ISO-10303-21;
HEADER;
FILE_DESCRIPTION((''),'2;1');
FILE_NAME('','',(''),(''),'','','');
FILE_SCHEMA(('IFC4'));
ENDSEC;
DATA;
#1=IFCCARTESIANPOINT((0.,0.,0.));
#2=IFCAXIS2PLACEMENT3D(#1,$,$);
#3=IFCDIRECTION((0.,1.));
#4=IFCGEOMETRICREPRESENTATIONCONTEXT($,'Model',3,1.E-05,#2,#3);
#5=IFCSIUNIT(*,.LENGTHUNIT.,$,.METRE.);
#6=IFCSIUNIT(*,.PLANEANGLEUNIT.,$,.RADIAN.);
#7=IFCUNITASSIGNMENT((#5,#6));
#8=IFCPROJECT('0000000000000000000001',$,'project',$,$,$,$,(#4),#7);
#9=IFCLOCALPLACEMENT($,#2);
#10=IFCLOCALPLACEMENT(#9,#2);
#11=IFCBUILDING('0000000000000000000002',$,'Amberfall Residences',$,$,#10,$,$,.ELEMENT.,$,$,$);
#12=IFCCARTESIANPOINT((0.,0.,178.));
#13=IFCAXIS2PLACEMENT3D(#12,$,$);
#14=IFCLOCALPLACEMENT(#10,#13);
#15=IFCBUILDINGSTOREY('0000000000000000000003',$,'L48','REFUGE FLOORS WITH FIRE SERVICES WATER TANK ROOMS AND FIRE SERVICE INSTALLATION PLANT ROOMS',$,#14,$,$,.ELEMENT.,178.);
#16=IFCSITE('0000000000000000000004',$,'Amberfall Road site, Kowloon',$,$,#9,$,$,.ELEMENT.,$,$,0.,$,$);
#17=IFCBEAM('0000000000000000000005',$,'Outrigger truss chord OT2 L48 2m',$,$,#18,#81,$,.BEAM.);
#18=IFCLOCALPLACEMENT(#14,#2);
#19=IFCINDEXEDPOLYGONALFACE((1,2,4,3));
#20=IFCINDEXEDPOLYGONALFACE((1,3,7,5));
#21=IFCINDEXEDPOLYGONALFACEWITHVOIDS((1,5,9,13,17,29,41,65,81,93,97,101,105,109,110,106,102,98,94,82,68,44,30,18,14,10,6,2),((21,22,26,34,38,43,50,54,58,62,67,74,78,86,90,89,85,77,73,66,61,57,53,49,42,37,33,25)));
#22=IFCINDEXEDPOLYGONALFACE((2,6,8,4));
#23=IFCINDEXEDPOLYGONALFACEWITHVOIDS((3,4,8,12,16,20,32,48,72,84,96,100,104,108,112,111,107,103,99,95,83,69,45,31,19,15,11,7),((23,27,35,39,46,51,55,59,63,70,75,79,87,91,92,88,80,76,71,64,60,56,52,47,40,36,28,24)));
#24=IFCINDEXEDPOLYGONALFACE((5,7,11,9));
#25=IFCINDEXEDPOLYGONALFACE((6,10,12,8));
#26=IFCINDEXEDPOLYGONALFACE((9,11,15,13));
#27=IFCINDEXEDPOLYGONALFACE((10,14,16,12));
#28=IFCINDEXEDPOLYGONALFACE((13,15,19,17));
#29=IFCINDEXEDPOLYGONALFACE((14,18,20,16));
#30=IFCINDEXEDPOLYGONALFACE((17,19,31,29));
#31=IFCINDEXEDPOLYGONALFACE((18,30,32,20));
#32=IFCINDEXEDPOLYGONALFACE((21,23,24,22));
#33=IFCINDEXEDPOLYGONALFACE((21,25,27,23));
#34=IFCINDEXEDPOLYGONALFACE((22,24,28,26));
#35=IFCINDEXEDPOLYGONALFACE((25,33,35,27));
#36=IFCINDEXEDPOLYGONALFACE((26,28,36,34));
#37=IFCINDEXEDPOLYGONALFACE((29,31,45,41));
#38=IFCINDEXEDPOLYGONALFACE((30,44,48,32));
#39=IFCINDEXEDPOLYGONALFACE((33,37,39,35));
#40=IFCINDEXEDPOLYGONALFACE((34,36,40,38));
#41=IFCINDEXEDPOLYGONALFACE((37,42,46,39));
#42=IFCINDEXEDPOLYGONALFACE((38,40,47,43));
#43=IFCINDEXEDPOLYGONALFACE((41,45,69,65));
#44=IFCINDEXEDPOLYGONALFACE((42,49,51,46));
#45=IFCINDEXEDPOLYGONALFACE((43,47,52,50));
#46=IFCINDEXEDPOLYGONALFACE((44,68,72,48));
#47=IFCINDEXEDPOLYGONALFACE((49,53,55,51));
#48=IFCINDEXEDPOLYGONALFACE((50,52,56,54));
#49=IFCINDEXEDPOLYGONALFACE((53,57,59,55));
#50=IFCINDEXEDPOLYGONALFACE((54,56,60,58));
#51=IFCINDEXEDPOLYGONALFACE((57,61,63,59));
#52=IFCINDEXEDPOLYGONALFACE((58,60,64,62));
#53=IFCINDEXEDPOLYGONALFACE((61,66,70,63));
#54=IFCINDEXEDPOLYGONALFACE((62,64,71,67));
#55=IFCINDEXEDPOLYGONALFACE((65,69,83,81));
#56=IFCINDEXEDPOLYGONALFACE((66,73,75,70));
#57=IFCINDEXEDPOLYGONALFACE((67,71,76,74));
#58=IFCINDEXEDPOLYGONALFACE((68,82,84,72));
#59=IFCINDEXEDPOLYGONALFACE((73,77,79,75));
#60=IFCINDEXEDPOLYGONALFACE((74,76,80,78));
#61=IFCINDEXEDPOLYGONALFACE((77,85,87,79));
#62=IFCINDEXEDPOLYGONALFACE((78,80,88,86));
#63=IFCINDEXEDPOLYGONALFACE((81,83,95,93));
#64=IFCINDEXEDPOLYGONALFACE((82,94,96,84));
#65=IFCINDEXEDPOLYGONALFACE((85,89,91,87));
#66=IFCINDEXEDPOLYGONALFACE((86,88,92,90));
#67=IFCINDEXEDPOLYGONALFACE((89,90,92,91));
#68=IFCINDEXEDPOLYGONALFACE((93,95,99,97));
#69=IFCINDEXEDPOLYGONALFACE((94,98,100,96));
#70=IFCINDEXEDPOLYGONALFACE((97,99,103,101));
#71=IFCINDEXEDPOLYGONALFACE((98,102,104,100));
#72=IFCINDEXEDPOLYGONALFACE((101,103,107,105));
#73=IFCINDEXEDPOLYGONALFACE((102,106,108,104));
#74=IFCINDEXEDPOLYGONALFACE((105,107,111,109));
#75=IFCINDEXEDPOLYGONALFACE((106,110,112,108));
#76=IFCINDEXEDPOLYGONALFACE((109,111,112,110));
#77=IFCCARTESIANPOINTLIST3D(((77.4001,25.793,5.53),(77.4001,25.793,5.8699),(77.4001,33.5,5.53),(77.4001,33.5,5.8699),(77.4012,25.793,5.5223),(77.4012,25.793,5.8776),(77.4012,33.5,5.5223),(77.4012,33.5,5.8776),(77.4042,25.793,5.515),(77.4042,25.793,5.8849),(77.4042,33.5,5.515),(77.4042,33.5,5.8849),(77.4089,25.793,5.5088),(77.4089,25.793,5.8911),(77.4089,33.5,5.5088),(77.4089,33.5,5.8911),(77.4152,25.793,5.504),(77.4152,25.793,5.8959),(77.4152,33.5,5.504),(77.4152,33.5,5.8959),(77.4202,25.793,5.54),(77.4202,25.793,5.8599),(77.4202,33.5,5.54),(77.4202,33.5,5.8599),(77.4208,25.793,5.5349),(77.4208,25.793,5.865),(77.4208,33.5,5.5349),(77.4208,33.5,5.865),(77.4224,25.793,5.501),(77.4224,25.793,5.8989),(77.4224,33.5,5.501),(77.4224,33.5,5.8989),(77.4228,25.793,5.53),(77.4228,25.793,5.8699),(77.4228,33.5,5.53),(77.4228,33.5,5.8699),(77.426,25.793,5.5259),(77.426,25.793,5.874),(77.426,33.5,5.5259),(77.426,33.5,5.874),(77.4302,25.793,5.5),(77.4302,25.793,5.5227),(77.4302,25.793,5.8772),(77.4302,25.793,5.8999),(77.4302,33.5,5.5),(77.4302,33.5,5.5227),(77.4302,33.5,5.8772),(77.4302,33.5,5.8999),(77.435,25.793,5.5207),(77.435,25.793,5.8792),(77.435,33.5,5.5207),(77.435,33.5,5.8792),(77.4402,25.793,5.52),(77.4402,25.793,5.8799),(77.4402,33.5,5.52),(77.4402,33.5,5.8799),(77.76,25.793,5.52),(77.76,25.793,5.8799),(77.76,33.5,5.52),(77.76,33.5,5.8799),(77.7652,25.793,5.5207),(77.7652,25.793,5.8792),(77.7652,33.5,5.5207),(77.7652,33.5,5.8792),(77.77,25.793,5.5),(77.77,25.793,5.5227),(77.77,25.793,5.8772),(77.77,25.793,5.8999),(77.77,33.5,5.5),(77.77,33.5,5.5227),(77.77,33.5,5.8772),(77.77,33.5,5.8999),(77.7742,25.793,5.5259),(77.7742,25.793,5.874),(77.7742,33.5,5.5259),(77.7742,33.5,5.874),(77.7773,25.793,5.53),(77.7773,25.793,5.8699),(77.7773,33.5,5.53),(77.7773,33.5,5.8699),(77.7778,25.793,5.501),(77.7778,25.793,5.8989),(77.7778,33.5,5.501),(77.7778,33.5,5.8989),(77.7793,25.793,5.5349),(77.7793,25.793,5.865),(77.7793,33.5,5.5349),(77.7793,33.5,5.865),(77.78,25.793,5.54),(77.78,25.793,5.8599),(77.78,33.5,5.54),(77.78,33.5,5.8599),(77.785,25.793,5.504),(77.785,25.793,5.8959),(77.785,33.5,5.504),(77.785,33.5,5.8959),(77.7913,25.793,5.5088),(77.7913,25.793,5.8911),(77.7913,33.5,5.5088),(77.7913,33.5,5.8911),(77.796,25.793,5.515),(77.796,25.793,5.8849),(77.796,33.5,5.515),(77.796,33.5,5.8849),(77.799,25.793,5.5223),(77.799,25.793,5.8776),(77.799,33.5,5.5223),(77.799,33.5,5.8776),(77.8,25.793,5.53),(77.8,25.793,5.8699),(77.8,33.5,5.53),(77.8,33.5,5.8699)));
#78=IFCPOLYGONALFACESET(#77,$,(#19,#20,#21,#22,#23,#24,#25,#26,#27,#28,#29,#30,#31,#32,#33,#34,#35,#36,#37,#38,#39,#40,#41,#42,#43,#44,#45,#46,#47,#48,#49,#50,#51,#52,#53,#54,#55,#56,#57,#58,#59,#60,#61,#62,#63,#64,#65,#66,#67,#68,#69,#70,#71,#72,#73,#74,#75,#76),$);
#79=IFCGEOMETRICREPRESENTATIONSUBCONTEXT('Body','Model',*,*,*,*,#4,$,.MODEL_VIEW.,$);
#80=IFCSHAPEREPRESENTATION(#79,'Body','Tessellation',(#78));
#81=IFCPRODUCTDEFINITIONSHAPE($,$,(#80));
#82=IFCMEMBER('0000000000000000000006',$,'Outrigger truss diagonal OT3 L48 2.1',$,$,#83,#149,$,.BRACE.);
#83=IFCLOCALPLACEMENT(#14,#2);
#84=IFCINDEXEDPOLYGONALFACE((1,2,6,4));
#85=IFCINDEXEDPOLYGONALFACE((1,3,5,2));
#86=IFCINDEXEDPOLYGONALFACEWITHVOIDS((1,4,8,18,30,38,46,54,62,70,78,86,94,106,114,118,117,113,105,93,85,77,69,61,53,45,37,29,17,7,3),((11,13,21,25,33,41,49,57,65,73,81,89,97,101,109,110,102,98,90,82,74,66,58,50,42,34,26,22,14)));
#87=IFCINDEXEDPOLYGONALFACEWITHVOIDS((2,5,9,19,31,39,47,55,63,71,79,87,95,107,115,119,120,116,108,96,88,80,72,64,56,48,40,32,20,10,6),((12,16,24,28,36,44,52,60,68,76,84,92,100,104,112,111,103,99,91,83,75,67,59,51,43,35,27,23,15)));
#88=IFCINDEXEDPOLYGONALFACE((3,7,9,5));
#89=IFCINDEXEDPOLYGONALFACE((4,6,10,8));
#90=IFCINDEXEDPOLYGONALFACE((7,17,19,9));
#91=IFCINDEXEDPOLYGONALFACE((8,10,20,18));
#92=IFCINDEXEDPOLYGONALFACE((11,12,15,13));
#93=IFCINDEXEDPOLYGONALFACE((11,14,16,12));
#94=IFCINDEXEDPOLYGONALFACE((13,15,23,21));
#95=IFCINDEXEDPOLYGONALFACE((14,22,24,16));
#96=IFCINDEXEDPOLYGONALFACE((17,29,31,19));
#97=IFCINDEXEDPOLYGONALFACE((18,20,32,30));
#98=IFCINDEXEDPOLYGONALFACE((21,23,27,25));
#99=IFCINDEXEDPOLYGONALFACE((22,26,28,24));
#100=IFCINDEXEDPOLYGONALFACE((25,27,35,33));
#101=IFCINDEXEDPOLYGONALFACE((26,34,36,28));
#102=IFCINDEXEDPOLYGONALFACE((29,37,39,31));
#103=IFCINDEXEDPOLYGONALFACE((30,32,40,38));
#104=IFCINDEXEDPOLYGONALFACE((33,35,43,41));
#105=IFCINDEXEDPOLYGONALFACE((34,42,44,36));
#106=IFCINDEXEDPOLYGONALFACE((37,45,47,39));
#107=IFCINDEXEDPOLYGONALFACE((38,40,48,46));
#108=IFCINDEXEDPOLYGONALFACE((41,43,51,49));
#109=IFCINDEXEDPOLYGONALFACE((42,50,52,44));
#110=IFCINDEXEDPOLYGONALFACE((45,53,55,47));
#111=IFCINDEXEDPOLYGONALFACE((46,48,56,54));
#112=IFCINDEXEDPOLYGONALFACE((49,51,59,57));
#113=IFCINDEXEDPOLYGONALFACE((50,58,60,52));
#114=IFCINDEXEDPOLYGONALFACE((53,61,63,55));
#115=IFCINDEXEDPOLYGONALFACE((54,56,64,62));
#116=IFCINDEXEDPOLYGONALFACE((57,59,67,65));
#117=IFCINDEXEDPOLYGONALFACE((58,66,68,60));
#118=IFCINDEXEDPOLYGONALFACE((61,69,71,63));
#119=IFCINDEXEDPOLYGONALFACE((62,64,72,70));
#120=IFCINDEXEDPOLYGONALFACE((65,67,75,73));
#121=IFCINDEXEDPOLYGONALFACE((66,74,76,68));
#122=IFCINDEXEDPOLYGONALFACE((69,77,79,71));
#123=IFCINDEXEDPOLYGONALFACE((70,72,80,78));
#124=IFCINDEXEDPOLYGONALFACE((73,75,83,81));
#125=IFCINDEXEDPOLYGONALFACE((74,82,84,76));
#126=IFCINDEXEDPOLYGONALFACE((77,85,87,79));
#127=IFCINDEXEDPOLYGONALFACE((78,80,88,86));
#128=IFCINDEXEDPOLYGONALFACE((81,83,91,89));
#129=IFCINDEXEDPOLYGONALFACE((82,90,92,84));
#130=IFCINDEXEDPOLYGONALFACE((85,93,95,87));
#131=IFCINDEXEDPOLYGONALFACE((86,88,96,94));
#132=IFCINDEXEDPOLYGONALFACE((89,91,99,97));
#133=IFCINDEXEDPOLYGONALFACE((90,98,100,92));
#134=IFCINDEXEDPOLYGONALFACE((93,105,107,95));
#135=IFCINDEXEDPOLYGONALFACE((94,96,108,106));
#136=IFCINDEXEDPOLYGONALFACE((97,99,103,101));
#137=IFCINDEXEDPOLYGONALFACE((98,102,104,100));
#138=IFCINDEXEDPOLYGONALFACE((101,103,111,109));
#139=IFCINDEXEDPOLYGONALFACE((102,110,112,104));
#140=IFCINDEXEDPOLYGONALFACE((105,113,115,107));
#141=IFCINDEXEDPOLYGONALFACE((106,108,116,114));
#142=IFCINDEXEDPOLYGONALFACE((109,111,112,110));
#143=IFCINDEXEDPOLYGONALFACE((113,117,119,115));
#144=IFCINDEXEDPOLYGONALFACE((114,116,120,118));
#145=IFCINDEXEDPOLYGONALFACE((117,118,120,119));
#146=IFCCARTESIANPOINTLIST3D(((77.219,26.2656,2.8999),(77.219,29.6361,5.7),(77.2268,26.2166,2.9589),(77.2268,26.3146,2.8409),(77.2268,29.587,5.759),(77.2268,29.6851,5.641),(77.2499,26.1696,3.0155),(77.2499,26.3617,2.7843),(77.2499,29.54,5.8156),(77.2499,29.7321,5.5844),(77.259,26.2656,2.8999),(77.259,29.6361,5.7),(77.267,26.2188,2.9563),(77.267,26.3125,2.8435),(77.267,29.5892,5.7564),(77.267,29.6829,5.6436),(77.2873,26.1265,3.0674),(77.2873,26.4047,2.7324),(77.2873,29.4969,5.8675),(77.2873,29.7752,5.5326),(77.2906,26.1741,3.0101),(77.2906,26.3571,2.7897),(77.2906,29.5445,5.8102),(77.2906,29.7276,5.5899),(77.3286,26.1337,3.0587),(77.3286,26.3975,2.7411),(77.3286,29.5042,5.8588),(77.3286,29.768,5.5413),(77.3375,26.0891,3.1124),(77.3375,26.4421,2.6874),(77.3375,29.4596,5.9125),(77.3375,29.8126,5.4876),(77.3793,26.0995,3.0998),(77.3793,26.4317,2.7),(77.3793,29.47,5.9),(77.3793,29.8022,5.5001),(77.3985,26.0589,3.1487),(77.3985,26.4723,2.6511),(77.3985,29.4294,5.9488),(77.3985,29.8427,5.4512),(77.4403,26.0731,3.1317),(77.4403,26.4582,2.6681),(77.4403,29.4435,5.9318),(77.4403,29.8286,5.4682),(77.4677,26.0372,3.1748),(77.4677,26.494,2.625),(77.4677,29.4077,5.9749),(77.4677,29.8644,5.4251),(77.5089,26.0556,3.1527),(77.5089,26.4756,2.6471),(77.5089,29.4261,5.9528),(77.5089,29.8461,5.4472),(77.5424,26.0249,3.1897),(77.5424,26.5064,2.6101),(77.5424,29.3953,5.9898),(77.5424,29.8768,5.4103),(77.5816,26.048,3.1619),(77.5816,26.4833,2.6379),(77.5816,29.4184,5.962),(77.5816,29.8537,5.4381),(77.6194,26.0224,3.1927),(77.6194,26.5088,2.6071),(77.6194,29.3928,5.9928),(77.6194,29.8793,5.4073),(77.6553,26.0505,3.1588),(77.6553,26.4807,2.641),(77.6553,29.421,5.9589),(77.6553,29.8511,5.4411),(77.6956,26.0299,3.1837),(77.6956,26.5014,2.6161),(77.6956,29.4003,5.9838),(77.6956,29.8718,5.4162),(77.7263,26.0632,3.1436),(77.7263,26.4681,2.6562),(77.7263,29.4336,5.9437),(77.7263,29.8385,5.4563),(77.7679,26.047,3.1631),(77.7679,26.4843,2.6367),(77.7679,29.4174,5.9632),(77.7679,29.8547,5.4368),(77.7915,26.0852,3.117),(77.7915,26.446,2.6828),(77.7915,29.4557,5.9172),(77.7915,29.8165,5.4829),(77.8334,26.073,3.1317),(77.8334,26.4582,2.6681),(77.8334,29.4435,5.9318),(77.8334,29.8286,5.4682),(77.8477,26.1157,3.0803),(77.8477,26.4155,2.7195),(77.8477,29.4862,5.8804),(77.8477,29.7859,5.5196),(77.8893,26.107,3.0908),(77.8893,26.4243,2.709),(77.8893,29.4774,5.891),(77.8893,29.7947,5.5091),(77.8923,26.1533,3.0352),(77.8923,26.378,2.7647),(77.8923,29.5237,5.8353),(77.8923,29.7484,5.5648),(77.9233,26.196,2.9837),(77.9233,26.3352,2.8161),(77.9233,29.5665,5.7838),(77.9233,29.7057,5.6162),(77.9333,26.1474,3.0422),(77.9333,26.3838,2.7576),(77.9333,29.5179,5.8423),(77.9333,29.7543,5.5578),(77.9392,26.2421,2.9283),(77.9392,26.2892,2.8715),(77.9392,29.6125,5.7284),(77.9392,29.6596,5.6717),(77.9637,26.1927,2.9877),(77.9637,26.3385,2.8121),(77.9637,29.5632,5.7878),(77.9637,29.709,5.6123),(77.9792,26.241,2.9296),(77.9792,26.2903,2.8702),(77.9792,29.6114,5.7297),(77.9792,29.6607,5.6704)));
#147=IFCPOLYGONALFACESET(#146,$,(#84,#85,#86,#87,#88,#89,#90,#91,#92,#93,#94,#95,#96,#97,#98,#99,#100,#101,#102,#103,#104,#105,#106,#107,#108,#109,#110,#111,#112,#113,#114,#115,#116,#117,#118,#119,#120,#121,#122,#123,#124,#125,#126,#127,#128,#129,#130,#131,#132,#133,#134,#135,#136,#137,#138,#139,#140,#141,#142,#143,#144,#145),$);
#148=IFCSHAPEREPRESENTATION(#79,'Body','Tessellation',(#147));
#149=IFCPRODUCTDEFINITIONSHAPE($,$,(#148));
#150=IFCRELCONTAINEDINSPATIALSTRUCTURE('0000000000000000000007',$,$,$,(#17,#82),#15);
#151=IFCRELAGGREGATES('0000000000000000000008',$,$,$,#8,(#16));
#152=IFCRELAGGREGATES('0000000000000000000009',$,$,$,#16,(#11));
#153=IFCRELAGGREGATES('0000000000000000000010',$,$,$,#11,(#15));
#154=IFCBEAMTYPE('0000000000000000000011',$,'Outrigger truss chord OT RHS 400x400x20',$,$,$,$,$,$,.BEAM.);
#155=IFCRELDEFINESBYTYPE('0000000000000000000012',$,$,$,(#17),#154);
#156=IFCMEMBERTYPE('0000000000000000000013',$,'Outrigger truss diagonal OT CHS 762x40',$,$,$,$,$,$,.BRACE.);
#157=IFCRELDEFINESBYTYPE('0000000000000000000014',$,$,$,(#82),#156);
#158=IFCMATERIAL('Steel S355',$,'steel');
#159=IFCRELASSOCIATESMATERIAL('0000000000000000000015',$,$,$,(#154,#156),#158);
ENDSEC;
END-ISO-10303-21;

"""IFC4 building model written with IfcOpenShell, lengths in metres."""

from ifc_helpers import new_model, si_unit, direction, frame, origin, origin_2d, place, context, subcontext, project, spatial, hollow_rectangle, hollow_circle, extrude, material, material_profile, profile_set, type_object, element, save


model = new_model("IFC4")

# Units and contexts
model_context = context("Model", 3, precision=1e-05, world=origin(), true_north=direction((0.0, 1.0)))
body_context = subcontext(model_context, "Body", "Model", "MODEL_VIEW")
ifc_project = project(units=[si_unit("LENGTHUNIT", "METRE"), si_unit("PLANEANGLEUNIT", "RADIAN")], contexts=[model_context])

# Site, building, storey
site_placement = place(None, origin())
site = spatial("IfcSite", under=ifc_project, at=site_placement, Name="Amberfall Road site, Kowloon", CompositionType="ELEMENT", RefElevation=0.0)
building_placement = place(site_placement, origin())
building = spatial("IfcBuilding", under=site, at=building_placement, Name="Amberfall Residences", CompositionType="ELEMENT")
storey_placement = place(building_placement, frame((0.0, 0.0, 178.0)))
storey = spatial("IfcBuildingStorey", under=building, at=storey_placement, Name="L48", Description="REFUGE FLOORS WITH FIRE SERVICES WATER TANK ROOMS AND FIRE SERVICE INSTALLATION PLANT ROOMS", CompositionType="ELEMENT", Elevation=178.0)

# Shared definitions
ifc_material_1 = material(Name="Steel S355", Category="steel")

# Beam
ifc_material_profile_1 = material_profile(ifc_material_1, hollow_rectangle(XDim=0.3999, YDim=0.3999, WallThickness=0.02, InnerFilletRadius=0.02, OuterFilletRadius=0.03, at=origin_2d()), Name="RHS 400x400x20")
ifc_profile_set_1 = profile_set([ifc_material_profile_1], Name="Steel S355")
beam_type_1 = type_object("IfcBeamType", Name="Outrigger truss chord OT RHS 400x400x20", PredefinedType="BEAM", material=ifc_profile_set_1)
beam_1_placement = place(storey_placement, frame((77.6001, 25.793, 5.7), z_axis=(0.0, 1.0, 0.0), x_axis=(-1.0, 0.0, 0.0)))
element("IfcBeam", 1, at=beam_1_placement, inside=storey, type_object=beam_type_1, Name="Outrigger truss chord OT2 L48 2m", PredefinedType="BEAM", context=body_context, shape_type="SweptSolid", body=[
    extrude(hollow_rectangle(XDim=0.3999, YDim=0.3999, WallThickness=0.02, InnerFilletRadius=0.02, OuterFilletRadius=0.03, at=origin_2d()), origin(), (0.0, 0.0, 1.0), 7.707),
])

# Member
ifc_material_profile_2 = material_profile(ifc_material_1, hollow_circle(Radius=0.3811, WallThickness=0.04, at=origin_2d()), Name="CHS 762x40")
ifc_profile_set_2 = profile_set([ifc_material_profile_2], Name="Steel S355")
member_type_1 = type_object("IfcMemberType", Name="Outrigger truss diagonal OT CHS 762x40", PredefinedType="BRACE", material=ifc_profile_set_2)
member_1_placement = place(storey_placement, frame((77.6001, 26.2656, 2.8999), z_axis=(0.0, 0.769184, 0.639027), x_axis=(-1.0, 0.0, 0.0)))
element("IfcMember", 2, at=member_1_placement, inside=storey, type_object=member_type_1, Name="Outrigger truss diagonal OT3 L48 2.1", PredefinedType="BRACE", context=body_context, shape_type="SweptSolid", body=[
    extrude(hollow_circle(Radius=0.3811, WallThickness=0.04, at=origin_2d()), origin(), (0.0, 0.0, 1.0), 4.3818),
])

save(model, "model.ifc")
